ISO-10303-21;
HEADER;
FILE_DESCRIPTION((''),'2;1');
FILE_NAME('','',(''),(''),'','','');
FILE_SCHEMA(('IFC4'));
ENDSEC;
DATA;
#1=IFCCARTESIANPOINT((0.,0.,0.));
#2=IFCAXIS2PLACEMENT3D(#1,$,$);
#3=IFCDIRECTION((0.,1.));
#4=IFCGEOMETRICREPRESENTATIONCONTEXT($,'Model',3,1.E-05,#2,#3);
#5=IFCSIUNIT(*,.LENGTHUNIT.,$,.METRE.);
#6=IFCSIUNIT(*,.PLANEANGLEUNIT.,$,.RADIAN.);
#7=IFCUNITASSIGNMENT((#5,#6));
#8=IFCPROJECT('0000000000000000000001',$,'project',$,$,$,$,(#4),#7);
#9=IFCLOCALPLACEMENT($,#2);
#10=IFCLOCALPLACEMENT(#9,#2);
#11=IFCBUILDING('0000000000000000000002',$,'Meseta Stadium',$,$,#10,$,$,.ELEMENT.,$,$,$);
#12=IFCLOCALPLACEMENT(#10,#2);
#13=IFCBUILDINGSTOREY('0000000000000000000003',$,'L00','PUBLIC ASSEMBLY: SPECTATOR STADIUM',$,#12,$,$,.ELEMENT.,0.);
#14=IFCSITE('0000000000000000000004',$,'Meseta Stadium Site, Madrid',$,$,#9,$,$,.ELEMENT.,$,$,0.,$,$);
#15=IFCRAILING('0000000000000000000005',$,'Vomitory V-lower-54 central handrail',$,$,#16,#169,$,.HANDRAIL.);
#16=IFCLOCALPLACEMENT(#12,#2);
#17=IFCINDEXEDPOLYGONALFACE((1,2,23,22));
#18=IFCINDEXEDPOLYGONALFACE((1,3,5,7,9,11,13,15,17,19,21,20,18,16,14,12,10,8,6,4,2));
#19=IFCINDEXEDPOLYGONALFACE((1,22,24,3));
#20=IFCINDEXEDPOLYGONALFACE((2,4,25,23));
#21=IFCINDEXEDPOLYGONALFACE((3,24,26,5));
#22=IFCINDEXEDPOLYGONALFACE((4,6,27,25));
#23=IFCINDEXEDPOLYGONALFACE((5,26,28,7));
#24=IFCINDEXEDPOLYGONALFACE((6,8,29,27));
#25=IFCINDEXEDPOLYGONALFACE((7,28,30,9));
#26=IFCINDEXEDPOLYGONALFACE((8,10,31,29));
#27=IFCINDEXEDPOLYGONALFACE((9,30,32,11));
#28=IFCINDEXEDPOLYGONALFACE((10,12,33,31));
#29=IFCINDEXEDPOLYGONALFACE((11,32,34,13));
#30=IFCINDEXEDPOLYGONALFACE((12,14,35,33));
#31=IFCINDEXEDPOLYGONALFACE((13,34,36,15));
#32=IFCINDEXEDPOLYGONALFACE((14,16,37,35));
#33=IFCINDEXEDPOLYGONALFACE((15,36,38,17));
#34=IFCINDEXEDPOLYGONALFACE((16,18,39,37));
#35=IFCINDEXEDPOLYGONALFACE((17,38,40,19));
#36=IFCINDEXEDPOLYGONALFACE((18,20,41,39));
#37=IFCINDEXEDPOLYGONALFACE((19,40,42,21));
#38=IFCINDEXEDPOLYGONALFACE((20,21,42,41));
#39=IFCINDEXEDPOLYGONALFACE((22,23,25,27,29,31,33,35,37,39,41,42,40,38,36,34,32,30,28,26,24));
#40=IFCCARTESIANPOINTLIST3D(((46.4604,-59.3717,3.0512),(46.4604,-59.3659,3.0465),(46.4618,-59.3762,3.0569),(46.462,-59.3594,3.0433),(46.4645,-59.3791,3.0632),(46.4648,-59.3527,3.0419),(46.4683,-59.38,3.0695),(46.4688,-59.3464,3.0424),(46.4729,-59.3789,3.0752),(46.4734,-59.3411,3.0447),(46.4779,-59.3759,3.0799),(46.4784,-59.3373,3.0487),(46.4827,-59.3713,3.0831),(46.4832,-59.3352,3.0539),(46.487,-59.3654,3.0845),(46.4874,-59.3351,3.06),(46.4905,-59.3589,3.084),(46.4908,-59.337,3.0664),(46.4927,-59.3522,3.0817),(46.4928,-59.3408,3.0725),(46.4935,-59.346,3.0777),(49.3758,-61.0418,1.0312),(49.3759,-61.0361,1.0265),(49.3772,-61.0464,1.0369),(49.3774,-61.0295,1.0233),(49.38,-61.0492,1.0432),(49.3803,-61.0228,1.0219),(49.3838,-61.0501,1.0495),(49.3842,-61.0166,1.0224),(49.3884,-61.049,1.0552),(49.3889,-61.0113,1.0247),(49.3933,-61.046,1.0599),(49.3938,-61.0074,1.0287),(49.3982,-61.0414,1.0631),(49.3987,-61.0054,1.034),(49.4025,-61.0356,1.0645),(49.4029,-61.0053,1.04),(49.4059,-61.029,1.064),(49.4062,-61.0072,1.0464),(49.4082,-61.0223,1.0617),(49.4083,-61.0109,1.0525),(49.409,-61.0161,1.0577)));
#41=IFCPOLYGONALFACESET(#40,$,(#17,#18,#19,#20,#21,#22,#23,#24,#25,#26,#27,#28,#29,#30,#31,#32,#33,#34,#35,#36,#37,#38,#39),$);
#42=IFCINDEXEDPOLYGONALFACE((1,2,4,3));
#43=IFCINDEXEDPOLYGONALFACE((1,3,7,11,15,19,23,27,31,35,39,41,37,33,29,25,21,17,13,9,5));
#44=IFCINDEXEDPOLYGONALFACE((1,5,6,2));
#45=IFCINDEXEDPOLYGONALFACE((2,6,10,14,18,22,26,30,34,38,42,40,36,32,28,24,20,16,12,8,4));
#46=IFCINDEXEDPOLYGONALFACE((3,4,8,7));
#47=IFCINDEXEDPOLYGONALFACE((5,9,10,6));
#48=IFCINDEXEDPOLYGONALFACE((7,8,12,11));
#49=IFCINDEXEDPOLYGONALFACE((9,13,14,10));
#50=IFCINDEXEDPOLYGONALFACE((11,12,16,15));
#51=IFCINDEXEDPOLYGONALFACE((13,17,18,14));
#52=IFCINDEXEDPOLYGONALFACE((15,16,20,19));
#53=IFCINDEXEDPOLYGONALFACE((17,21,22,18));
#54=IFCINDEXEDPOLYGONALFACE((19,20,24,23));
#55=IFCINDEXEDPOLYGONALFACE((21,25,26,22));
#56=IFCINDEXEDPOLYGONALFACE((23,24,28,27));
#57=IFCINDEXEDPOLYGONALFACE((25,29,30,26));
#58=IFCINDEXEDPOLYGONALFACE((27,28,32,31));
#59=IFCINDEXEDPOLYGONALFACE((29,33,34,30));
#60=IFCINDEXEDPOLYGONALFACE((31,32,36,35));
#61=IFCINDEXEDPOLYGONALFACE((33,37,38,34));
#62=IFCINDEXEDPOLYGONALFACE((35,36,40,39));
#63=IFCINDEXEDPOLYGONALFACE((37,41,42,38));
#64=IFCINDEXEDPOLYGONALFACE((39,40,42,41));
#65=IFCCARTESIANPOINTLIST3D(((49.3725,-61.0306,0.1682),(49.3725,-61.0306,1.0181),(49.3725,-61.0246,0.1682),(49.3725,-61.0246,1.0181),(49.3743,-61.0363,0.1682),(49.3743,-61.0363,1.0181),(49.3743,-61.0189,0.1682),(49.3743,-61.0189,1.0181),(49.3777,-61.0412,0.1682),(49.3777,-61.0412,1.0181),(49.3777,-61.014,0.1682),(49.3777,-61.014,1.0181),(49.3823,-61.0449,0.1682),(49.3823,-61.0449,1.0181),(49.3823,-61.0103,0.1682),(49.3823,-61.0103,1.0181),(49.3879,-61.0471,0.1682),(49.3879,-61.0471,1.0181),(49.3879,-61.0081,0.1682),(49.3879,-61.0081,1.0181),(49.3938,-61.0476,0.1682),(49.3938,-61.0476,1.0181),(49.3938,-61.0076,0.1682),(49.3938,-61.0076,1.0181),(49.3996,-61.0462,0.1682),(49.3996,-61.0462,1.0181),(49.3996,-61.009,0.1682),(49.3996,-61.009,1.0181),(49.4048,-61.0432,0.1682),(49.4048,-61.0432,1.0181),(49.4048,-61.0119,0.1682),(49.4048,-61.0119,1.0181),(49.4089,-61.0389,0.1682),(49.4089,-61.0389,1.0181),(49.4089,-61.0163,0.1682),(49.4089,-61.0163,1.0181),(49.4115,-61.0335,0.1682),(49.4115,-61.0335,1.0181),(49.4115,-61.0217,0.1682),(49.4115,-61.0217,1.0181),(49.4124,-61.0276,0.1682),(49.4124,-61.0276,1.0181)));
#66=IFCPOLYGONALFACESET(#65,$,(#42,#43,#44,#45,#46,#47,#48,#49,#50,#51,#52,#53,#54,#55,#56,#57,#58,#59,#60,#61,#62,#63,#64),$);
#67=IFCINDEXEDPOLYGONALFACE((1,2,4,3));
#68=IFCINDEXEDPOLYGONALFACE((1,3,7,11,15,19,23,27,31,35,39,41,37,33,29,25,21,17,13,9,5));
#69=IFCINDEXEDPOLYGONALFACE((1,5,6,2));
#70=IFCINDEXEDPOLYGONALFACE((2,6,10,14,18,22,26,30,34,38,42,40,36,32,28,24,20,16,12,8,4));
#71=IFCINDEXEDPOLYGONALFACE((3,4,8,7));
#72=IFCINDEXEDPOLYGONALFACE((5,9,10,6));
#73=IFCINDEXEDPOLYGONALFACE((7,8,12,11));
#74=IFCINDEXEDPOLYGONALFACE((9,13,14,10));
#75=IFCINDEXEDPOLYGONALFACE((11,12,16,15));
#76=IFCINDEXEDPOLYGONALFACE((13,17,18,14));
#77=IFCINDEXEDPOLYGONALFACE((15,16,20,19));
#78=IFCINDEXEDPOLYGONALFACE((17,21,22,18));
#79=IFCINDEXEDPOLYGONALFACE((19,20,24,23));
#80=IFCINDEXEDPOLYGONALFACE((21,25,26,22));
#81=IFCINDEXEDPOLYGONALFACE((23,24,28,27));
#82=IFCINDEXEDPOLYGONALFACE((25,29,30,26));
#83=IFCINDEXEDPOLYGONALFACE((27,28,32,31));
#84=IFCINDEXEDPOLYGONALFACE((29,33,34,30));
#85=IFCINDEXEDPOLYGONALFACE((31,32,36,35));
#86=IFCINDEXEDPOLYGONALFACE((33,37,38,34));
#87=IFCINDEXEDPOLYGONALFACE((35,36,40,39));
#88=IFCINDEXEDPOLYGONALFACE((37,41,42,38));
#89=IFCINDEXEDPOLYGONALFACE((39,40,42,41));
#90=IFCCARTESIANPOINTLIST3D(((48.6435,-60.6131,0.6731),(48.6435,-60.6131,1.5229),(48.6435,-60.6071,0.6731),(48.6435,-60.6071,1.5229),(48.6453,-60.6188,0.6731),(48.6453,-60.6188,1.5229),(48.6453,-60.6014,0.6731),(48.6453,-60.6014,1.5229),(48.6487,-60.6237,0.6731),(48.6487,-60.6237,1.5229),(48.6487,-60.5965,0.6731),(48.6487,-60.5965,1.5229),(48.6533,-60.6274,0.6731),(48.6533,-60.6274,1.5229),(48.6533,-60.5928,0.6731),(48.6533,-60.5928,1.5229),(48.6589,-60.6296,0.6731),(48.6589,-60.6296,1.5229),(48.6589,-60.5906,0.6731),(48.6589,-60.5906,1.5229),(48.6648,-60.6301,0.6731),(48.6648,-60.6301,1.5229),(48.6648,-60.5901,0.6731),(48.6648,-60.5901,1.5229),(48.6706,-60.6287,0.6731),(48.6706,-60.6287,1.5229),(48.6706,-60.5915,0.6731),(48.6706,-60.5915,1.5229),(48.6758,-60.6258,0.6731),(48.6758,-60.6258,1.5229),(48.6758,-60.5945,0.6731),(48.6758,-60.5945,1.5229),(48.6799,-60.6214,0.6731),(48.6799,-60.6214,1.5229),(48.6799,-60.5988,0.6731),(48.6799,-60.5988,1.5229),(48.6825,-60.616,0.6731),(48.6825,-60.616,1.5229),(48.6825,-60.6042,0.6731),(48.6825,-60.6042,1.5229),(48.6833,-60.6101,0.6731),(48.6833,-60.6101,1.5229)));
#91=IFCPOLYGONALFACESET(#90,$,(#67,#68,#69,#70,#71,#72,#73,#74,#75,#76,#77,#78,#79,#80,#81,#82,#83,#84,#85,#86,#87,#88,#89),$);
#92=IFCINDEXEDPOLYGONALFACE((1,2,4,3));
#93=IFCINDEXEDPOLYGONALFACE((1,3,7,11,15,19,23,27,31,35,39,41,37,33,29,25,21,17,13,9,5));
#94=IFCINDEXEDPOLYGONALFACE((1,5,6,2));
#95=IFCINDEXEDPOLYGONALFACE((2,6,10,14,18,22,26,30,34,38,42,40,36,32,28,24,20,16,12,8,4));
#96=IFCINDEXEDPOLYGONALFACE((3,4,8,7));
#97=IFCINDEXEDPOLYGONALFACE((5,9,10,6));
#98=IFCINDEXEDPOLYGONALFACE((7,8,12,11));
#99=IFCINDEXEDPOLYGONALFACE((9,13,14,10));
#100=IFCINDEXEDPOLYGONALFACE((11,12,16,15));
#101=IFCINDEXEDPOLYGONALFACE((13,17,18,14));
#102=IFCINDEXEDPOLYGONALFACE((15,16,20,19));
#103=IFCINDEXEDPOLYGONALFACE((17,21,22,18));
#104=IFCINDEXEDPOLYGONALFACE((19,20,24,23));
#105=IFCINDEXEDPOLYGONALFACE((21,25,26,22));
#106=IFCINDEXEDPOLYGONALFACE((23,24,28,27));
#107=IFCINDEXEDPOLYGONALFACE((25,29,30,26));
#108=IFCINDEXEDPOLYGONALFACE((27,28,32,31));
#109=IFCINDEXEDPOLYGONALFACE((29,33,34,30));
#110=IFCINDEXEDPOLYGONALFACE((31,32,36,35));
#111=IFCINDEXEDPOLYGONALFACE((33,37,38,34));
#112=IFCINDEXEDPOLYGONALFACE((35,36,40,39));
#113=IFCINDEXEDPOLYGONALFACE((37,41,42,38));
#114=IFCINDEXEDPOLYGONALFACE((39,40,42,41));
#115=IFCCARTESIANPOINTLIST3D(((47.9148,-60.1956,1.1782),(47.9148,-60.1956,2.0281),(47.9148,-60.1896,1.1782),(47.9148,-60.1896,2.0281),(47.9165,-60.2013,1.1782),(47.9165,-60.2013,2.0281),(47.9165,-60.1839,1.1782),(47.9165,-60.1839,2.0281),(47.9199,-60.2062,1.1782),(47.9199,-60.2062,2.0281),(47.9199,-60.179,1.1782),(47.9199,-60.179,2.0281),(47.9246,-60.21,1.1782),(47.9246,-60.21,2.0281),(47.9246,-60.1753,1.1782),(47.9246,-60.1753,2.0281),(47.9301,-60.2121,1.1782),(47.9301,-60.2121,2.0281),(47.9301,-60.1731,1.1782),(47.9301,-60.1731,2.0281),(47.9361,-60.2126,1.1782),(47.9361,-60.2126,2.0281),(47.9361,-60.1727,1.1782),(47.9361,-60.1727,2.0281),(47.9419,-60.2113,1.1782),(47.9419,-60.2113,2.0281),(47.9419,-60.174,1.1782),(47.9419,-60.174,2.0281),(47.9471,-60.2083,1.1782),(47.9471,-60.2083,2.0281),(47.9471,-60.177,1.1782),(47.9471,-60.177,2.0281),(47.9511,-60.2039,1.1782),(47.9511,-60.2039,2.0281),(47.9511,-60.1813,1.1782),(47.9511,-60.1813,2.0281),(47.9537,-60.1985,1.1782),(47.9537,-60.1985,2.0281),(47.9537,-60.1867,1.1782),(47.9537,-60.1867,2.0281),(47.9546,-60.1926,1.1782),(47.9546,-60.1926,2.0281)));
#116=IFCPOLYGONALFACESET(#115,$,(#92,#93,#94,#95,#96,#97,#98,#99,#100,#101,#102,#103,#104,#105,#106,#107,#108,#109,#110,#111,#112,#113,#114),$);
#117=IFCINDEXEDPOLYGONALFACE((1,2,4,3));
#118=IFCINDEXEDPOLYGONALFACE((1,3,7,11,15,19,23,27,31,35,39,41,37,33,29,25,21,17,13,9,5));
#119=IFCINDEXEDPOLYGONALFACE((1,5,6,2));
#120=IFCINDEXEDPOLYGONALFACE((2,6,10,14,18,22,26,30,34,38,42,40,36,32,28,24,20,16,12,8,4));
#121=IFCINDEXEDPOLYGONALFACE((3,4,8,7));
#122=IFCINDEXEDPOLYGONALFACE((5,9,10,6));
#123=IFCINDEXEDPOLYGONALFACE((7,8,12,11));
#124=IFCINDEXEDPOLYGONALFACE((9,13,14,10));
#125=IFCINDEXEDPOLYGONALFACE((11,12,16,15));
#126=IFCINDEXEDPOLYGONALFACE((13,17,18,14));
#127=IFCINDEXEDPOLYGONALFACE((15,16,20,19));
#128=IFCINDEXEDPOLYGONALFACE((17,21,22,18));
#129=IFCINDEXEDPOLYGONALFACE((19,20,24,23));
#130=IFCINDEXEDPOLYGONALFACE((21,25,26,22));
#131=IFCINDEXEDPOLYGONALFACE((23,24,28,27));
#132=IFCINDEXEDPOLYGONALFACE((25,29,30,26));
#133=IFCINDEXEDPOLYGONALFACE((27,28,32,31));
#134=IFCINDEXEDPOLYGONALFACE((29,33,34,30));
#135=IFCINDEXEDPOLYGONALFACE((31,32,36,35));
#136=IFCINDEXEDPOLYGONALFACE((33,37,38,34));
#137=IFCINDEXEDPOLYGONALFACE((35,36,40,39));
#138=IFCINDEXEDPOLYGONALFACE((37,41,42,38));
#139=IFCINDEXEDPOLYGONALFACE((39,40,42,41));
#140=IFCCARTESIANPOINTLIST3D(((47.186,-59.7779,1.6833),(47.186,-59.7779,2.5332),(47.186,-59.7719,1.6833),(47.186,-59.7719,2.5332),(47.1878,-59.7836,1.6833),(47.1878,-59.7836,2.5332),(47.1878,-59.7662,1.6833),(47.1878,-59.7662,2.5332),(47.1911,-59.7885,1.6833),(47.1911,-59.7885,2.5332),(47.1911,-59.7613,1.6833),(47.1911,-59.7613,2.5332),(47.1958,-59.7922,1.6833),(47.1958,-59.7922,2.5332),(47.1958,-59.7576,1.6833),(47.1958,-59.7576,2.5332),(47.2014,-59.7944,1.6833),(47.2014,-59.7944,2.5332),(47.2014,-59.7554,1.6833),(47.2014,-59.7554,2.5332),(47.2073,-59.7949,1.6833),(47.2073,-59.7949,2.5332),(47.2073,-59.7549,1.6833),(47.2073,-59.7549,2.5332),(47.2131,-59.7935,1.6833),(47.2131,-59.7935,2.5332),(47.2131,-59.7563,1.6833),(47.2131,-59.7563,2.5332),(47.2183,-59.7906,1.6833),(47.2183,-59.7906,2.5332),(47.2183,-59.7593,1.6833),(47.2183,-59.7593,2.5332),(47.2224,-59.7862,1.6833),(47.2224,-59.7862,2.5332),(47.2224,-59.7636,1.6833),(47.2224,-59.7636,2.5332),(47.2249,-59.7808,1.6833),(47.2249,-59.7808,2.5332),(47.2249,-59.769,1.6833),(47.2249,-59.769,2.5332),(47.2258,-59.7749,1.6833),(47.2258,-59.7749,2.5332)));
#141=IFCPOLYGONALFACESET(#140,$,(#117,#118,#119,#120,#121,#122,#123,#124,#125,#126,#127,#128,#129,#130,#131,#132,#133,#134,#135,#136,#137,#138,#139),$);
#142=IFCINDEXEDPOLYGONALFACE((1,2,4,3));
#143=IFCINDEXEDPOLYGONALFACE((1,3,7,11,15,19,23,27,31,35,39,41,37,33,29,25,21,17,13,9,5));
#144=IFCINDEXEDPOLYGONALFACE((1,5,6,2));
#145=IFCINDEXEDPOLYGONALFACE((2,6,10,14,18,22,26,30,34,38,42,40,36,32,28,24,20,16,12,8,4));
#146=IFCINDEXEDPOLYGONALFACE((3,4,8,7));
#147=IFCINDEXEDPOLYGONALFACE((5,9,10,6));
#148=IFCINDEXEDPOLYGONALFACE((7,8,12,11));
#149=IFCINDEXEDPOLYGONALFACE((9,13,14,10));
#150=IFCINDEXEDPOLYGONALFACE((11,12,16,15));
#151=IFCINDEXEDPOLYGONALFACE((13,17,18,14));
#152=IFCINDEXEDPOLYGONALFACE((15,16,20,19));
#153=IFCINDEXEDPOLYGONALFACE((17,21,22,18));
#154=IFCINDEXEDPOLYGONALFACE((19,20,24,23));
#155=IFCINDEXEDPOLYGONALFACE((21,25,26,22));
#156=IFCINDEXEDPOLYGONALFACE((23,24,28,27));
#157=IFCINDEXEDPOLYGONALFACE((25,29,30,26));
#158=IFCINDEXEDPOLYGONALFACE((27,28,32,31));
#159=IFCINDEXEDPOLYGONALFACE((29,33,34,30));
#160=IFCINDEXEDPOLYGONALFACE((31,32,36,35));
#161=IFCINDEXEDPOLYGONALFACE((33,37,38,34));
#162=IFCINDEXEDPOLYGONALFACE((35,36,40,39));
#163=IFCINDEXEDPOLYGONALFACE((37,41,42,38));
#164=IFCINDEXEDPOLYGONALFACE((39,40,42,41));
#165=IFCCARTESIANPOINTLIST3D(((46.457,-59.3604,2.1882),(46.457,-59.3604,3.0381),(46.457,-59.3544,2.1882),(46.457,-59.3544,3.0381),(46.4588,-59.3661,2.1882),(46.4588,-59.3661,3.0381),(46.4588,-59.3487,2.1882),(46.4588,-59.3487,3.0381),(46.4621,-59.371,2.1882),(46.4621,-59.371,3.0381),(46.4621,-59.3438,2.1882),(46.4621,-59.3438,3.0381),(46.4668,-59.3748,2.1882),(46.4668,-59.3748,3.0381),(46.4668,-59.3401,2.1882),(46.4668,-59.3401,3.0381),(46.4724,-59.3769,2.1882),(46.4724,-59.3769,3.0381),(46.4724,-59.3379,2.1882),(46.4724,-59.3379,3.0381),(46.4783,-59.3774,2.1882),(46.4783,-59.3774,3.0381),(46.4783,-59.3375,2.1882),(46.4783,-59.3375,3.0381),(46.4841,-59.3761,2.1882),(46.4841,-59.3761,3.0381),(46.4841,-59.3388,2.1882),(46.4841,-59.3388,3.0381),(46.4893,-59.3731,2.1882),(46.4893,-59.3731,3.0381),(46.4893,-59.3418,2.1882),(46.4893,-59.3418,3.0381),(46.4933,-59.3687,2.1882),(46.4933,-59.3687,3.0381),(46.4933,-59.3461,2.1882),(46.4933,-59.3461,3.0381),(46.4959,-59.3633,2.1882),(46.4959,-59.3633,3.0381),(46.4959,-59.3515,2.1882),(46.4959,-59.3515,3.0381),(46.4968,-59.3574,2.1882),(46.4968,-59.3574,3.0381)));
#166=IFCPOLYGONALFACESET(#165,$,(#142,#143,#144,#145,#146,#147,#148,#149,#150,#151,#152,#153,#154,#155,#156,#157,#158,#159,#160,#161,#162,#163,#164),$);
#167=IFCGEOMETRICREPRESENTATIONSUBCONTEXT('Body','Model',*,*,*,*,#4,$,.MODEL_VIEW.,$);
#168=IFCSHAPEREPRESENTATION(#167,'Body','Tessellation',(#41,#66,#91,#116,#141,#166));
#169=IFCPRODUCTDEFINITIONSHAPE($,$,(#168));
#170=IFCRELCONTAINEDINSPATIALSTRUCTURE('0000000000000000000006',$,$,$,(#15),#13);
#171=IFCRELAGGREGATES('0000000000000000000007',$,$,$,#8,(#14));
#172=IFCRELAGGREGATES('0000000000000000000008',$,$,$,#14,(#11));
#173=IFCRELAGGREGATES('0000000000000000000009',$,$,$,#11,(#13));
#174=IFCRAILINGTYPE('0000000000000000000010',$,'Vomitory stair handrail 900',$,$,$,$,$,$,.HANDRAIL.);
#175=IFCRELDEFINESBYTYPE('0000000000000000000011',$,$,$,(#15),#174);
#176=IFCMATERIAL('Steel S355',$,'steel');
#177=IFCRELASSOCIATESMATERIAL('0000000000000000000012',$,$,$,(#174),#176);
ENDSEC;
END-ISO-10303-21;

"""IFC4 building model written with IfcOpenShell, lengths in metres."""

from ifc_helpers import new_model, si_unit, direction, frame, origin, origin_2d, place, context, subcontext, project, spatial, circle, extrude, material, type_object, element, save


model = new_model("IFC4")

# Units and contexts
model_context = context("Model", 3, precision=1e-05, world=origin(), true_north=direction((0.0, 1.0)))
body_context = subcontext(model_context, "Body", "Model", "MODEL_VIEW")
ifc_project = project(units=[si_unit("LENGTHUNIT", "METRE"), si_unit("PLANEANGLEUNIT", "RADIAN")], contexts=[model_context])

# Site, building, storey
site_placement = place(None, origin())
site = spatial("IfcSite", under=ifc_project, at=site_placement, Name="Meseta Stadium Site, Madrid", CompositionType="ELEMENT", RefElevation=0.0)
building_placement = place(site_placement, origin())
building = spatial("IfcBuilding", under=site, at=building_placement, Name="Meseta Stadium", CompositionType="ELEMENT")
storey_placement = place(building_placement, origin())
storey = spatial("IfcBuildingStorey", under=building, at=storey_placement, Name="L00", Description="PUBLIC ASSEMBLY: SPECTATOR STADIUM", CompositionType="ELEMENT", Elevation=0.0)

# Railing
ifc_material_1 = material(Name="Steel S355", Category="steel")
railing_type_1 = type_object("IfcRailingType", Name="Vomitory stair handrail 900", PredefinedType="HANDRAIL", material=ifc_material_1)
railing_1_placement = place(storey_placement, frame((49.3923, -61.0276, 0.1682)))
element("IfcRailing", 1, at=railing_1_placement, inside=storey, type_object=railing_type_1, Name="Vomitory V-lower-54 central handrail", PredefinedType="HANDRAIL", context=body_context, shape_type="SweptSolid", body=[
    extrude(circle(Radius=0.0249, at=origin_2d()), frame((0.0, 0.0, 0.875), z_axis=(-0.743664, 0.42601, 0.515247), x_axis=(-0.49707, -0.867711, 0.0)), (0.0, 0.0, 1.0), 3.9204),
    extrude(circle(Radius=0.02, at=origin_2d()), origin(), (0.0, 0.0, 1.0), 0.8499),
    extrude(circle(Radius=0.02, at=origin_2d()), frame((-0.729, 0.4175, 0.5049)), (0.0, 0.0, 1.0), 0.8499),
    extrude(circle(Radius=0.02, at=origin_2d()), frame((-1.4578, 0.835, 1.01)), (0.0, 0.0, 1.0), 0.8499),
    extrude(circle(Radius=0.02, at=origin_2d()), frame((-2.1865, 1.2527, 1.5151)), (0.0, 0.0, 1.0), 0.8499),
    extrude(circle(Radius=0.02, at=origin_2d()), frame((-2.9155, 1.6702, 2.02)), (0.0, 0.0, 1.0), 0.8499),
])

save(model, "model.ifc")
